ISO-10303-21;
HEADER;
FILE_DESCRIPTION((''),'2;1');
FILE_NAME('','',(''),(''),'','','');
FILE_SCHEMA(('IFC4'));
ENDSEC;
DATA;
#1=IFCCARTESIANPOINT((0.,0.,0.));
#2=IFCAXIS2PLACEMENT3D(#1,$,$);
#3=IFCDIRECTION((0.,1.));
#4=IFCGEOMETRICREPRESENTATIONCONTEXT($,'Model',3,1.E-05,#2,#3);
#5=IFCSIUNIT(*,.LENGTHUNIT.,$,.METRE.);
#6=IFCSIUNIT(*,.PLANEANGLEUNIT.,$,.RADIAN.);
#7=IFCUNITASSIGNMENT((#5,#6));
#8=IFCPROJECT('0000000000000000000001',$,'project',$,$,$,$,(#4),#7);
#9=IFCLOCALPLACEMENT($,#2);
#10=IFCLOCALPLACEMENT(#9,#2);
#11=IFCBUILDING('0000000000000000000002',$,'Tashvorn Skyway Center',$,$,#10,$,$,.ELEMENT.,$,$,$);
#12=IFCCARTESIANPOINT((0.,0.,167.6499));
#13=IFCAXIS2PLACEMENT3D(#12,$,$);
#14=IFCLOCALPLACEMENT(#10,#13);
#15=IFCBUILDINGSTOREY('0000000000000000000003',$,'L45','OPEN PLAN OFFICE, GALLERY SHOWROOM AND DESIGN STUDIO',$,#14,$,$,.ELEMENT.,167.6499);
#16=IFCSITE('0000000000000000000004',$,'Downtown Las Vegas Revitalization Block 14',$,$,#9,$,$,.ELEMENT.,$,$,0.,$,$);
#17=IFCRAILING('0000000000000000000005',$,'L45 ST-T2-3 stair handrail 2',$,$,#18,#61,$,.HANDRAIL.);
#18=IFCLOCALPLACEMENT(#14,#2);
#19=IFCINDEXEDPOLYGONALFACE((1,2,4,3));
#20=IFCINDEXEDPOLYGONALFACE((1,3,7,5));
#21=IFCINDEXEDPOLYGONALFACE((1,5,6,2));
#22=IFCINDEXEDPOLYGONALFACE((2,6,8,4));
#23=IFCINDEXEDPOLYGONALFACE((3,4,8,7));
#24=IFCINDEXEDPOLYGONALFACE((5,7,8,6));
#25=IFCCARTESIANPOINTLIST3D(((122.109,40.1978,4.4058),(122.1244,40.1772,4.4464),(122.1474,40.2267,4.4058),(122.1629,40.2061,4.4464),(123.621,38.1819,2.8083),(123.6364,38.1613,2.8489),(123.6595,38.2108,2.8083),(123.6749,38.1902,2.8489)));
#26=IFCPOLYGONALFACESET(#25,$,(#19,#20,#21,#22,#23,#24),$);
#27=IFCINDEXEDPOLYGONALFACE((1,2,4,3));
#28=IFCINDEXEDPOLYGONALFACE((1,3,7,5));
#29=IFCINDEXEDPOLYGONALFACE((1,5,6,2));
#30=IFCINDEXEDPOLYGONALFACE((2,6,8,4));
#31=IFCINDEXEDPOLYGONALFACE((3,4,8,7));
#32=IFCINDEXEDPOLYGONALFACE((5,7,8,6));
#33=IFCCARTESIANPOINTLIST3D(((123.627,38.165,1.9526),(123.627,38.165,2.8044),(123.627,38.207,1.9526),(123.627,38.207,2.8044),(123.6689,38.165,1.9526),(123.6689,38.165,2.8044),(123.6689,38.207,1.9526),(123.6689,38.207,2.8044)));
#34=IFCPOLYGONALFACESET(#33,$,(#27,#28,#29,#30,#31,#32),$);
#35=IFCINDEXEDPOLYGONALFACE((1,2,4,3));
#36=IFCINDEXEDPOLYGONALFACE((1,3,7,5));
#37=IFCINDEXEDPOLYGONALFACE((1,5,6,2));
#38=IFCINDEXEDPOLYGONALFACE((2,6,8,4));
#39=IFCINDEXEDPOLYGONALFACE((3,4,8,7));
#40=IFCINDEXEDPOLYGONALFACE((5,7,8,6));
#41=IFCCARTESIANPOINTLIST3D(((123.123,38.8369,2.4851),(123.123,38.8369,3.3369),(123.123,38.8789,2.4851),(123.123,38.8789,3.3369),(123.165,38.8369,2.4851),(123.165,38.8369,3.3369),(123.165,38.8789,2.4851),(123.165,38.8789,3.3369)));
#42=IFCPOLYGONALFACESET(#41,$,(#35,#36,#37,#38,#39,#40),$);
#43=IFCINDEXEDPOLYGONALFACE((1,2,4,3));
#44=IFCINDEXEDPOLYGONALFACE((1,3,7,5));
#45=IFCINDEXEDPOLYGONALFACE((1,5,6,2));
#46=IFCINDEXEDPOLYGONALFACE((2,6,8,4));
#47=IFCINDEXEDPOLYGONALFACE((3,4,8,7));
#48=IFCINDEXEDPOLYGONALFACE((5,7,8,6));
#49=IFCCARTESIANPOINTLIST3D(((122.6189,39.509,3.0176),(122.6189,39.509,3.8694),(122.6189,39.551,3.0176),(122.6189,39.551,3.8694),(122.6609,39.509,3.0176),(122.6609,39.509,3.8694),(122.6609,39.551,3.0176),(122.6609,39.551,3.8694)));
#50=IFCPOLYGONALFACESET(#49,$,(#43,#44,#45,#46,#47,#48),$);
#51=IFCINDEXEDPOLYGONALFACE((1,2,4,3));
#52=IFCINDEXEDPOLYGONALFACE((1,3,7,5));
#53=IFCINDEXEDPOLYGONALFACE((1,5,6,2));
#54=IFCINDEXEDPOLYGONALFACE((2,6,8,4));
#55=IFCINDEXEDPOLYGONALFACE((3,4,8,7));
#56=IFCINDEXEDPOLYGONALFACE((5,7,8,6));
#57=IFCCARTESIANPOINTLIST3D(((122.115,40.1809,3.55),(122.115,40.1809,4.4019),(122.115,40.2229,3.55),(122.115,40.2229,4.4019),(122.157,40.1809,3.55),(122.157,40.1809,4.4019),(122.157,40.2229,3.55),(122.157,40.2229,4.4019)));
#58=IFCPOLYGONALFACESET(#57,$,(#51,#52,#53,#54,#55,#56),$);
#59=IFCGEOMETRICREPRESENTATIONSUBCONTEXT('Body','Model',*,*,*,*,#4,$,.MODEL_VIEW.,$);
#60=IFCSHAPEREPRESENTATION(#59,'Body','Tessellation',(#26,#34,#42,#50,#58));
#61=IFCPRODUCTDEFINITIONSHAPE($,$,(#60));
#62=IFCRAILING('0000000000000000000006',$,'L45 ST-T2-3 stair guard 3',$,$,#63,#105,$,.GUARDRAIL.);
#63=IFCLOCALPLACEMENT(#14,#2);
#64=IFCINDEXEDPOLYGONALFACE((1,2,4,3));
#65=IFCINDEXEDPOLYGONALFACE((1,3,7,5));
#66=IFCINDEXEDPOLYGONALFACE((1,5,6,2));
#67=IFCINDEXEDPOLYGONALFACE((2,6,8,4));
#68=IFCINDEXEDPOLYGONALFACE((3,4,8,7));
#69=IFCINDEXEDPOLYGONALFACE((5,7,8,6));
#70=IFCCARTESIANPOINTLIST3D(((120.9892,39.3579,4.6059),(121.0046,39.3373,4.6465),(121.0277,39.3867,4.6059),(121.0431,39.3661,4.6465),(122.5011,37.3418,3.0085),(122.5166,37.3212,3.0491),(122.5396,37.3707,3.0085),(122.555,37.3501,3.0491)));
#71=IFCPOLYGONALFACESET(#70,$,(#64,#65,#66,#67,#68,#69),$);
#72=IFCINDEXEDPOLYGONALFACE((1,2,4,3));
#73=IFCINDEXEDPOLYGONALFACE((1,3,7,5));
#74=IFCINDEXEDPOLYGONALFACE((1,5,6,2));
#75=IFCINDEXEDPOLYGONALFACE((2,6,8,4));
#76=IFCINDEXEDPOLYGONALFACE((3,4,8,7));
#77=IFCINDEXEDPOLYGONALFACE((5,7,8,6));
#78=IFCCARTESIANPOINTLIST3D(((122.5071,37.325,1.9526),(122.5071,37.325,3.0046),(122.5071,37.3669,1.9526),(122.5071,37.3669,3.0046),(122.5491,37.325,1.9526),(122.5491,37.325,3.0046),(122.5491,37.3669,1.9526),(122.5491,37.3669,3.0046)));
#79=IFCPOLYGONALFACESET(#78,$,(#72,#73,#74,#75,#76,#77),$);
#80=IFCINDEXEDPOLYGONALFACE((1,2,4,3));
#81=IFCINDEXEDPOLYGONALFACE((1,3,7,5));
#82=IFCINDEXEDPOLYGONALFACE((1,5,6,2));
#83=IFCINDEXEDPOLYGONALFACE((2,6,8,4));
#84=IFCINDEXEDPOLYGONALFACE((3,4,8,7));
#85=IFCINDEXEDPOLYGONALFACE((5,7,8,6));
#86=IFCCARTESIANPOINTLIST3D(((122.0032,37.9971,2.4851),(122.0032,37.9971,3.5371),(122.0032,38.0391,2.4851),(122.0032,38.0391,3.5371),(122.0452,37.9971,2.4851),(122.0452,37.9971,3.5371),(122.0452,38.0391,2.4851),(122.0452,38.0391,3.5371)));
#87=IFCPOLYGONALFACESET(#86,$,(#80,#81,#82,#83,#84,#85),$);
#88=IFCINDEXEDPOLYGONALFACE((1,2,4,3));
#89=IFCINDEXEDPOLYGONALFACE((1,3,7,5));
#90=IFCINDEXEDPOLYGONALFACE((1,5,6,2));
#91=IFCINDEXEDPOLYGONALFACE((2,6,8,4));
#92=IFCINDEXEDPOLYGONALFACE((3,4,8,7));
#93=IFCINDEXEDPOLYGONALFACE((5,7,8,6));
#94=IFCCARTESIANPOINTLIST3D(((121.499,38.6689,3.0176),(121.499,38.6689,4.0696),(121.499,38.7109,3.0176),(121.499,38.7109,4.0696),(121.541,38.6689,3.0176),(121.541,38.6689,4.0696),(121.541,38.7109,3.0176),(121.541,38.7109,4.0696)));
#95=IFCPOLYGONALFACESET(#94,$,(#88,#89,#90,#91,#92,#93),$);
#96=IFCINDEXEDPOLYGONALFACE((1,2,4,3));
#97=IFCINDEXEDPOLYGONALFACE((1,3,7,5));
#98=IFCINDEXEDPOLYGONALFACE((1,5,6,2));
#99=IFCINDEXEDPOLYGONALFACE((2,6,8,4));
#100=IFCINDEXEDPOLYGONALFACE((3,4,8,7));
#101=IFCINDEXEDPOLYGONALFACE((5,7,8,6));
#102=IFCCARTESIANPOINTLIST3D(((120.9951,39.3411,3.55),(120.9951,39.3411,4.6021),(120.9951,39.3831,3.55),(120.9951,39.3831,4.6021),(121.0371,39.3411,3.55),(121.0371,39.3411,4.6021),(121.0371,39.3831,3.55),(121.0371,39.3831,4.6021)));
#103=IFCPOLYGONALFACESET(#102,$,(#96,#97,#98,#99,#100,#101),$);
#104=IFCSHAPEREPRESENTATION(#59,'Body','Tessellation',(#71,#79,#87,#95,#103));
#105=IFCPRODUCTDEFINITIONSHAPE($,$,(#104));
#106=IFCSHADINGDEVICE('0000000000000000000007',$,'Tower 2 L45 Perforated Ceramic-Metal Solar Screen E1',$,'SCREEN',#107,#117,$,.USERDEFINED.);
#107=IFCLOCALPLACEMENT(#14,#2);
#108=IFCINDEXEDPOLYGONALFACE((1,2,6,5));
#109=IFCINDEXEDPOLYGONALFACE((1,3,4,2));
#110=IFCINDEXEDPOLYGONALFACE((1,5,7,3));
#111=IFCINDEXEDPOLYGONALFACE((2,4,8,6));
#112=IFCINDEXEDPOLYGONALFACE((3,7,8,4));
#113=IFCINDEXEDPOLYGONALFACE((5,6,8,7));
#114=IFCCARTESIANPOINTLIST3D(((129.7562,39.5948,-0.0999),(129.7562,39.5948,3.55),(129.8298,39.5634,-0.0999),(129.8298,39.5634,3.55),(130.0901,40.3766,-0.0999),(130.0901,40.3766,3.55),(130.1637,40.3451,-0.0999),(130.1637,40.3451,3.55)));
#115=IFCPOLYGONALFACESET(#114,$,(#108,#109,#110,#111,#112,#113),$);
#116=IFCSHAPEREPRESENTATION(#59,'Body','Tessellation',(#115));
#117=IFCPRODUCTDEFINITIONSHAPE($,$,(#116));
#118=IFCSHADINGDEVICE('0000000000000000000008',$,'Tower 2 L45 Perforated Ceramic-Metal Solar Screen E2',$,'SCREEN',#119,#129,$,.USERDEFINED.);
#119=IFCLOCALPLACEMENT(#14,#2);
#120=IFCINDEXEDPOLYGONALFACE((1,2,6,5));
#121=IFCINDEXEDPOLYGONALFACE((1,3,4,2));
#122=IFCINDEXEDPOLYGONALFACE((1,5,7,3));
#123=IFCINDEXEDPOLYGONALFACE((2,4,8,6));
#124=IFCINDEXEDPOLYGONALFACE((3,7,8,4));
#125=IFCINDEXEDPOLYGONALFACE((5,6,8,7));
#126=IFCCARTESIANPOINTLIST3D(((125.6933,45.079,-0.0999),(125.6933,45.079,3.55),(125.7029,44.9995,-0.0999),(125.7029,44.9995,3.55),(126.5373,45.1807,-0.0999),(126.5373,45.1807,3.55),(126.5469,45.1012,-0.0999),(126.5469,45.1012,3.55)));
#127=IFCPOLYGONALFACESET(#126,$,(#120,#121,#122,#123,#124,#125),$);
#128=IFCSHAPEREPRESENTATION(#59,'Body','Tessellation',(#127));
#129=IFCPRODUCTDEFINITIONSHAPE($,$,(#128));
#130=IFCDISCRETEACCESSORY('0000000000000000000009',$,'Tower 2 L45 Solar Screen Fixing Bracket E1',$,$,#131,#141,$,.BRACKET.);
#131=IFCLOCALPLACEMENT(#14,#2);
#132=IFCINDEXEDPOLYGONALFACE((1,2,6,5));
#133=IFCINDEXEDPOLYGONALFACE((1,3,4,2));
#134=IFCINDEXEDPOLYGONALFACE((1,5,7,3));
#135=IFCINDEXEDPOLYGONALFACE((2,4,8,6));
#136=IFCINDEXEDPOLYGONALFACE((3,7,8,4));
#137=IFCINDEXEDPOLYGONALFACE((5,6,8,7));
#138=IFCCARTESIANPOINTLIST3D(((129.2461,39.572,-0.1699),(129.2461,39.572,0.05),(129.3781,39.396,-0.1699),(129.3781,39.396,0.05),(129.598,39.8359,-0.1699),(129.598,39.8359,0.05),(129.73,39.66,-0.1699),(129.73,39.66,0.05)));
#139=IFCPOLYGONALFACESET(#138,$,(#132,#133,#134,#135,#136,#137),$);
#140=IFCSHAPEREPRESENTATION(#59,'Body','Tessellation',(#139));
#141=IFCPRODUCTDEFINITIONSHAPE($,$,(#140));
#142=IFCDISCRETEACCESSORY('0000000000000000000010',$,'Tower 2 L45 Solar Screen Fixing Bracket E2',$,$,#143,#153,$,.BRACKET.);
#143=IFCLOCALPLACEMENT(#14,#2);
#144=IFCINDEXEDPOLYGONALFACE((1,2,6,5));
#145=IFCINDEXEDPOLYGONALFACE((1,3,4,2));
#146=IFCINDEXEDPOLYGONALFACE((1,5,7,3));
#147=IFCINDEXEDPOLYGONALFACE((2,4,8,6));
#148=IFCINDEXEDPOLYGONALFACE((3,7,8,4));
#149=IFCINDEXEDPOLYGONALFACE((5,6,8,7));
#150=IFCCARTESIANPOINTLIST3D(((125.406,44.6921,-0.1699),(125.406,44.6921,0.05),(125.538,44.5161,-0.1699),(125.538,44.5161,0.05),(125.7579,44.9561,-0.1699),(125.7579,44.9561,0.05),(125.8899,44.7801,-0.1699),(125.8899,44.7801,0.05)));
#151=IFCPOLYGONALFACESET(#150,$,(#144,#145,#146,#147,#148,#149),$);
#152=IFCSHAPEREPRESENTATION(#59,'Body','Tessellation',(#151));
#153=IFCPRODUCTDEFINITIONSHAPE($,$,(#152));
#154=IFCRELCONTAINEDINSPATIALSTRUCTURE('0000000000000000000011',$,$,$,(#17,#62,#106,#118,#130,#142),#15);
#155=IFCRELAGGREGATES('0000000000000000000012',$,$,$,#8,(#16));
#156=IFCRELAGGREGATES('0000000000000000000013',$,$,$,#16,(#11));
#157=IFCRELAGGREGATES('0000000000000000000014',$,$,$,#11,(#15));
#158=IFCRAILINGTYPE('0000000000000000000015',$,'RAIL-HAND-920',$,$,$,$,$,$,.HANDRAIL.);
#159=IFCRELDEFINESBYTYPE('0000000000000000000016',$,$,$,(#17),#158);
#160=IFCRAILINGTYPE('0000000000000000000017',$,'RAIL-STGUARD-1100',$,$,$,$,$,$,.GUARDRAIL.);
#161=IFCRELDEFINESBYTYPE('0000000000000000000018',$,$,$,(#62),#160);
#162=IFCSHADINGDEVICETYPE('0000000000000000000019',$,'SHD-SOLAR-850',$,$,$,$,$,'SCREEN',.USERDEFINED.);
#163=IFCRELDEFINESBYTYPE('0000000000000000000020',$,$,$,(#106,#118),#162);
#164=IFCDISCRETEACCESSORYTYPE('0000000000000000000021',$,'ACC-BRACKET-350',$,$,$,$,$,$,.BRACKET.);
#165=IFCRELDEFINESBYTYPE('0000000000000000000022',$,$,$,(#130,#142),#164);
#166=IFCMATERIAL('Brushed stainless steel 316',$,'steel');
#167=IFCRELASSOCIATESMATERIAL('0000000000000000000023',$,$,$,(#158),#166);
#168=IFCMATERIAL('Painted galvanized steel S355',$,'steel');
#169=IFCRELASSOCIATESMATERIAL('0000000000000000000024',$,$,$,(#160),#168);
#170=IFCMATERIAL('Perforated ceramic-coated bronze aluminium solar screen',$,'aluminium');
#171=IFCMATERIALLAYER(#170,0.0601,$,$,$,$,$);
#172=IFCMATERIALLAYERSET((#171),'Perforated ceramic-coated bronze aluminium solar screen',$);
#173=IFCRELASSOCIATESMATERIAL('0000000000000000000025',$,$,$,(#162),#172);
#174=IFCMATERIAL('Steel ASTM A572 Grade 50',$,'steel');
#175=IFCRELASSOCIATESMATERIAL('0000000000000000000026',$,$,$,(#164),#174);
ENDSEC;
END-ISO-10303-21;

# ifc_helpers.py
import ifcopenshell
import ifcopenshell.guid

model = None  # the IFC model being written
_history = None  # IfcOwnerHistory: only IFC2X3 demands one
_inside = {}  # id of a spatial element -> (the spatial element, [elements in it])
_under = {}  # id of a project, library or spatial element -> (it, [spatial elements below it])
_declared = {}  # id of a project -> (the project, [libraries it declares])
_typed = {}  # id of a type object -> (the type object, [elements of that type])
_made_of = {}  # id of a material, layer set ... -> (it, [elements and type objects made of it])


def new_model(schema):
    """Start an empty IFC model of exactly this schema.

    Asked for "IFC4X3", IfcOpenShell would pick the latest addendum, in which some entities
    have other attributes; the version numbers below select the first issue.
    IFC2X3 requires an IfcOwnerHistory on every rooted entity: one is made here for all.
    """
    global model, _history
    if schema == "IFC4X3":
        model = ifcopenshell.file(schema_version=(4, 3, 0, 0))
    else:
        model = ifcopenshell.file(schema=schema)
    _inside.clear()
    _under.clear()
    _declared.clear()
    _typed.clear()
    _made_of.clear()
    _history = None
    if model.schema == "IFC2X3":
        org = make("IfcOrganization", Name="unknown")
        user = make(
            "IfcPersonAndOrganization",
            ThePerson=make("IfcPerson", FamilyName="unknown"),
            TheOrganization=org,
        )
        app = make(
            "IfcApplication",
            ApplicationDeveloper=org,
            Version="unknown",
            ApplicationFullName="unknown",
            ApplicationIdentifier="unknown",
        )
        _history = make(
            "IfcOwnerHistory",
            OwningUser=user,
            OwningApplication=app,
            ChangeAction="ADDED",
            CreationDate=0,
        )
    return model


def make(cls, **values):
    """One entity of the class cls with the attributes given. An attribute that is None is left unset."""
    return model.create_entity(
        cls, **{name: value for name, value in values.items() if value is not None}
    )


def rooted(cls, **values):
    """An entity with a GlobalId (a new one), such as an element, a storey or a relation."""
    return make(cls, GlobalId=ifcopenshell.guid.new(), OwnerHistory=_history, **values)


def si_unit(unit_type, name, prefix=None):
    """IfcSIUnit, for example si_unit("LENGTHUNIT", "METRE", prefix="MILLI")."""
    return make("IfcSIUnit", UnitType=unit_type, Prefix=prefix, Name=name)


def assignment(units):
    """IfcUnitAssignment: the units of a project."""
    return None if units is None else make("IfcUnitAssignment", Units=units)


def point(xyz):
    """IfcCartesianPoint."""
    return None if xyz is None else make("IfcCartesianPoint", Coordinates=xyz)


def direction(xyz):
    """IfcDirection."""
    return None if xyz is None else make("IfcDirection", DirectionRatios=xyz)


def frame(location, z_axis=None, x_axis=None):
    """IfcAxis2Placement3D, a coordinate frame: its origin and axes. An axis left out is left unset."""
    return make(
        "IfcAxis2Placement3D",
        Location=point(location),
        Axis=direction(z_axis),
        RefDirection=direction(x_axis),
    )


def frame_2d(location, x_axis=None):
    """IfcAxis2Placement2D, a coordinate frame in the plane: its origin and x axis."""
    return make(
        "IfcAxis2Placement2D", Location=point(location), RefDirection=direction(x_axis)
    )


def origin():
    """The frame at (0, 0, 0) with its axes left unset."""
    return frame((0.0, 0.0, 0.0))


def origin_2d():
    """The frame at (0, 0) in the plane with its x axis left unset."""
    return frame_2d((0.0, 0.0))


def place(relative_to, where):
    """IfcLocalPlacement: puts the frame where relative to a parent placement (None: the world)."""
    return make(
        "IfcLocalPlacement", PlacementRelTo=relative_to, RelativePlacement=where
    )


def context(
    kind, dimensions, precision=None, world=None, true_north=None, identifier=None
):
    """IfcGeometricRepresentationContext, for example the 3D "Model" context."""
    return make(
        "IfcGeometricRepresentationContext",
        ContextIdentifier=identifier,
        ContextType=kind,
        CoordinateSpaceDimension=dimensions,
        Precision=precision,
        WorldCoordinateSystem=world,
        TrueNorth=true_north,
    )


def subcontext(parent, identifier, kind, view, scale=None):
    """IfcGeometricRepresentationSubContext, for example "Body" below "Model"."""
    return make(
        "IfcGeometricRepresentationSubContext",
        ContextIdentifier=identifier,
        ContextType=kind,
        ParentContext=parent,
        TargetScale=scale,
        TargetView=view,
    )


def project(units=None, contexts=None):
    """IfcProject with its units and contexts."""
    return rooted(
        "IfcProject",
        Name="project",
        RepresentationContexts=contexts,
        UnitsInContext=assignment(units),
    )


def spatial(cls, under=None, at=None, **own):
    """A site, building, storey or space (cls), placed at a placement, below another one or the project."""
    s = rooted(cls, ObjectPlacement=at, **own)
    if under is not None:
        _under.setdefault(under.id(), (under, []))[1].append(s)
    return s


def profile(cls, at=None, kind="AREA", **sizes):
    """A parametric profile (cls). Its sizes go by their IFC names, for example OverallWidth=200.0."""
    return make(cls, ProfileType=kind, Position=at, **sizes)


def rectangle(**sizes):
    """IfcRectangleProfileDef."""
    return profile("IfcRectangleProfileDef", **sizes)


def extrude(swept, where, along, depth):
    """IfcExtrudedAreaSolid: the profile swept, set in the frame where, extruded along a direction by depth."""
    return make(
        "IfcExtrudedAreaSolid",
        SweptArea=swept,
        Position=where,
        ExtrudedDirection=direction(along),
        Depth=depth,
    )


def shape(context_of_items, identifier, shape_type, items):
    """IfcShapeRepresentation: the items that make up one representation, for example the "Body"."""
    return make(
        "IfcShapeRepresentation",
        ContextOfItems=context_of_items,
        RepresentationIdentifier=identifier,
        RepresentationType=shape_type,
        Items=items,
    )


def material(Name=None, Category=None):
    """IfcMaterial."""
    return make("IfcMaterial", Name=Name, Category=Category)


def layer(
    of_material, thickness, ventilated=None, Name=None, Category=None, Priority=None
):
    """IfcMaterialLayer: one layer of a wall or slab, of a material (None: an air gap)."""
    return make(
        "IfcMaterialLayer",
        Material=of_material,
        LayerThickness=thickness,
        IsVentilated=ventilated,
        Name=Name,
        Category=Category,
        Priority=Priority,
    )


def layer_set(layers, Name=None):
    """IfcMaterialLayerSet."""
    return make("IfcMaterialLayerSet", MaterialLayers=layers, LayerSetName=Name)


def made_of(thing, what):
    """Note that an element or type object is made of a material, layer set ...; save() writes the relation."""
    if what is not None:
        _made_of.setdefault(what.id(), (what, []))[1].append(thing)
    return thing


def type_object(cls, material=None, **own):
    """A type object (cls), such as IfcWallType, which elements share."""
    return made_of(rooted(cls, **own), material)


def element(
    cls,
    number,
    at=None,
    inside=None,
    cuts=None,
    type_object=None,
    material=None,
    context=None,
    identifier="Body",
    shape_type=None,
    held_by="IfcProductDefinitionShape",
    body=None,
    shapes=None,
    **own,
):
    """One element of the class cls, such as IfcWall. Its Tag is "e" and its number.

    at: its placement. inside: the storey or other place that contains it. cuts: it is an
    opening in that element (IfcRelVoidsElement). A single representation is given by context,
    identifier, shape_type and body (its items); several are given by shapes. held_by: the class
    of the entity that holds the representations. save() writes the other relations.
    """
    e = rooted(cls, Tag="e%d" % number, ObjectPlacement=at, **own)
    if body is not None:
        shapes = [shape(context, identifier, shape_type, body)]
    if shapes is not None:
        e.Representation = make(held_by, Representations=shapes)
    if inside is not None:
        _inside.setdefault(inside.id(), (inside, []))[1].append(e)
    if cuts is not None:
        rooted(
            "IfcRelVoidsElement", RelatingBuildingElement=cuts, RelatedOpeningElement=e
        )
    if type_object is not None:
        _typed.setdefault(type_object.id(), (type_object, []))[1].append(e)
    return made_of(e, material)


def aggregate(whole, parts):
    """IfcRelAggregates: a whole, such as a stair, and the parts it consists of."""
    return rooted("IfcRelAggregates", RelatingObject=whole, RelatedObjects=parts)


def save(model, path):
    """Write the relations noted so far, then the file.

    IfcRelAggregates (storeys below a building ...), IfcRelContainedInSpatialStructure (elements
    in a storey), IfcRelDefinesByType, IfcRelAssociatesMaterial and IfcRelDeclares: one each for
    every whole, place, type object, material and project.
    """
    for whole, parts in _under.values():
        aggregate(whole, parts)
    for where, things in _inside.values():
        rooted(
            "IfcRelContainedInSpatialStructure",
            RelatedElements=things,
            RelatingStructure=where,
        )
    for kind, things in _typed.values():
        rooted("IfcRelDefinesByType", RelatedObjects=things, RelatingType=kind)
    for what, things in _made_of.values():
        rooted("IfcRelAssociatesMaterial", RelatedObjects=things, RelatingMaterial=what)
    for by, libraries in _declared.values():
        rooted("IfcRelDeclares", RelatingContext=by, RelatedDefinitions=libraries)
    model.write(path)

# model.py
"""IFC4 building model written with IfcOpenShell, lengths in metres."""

from ifc_helpers import new_model, si_unit, direction, frame, origin, origin_2d, place, context, subcontext, project, spatial, rectangle, extrude, material, layer, layer_set, type_object, element, save


model = new_model("IFC4")

# Units and contexts
model_context = context("Model", 3, precision=1e-05, world=origin(), true_north=direction((0.0, 1.0)))
body_context = subcontext(model_context, "Body", "Model", "MODEL_VIEW")
ifc_project = project(units=[si_unit("LENGTHUNIT", "METRE"), si_unit("PLANEANGLEUNIT", "RADIAN")], contexts=[model_context])

# Site, building, storey
site_placement = place(None, origin())
site = spatial("IfcSite", under=ifc_project, at=site_placement, Name="Downtown Las Vegas Revitalization Block 14", CompositionType="ELEMENT", RefElevation=0.0)
building_placement = place(site_placement, origin())
building = spatial("IfcBuilding", under=site, at=building_placement, Name="Tashvorn Skyway Center", CompositionType="ELEMENT")
storey_placement = place(building_placement, frame((0.0, 0.0, 167.6499)))
storey = spatial("IfcBuildingStorey", under=building, at=storey_placement, Name="L45", Description="OPEN PLAN OFFICE, GALLERY SHOWROOM AND DESIGN STUDIO", CompositionType="ELEMENT", Elevation=167.6499)

# Shared definitions
ifc_material_1 = material(Name="Steel ASTM A572 Grade 50", Category="steel")

# Shared definitions
ifc_material_2 = material(Name="Perforated ceramic-coated bronze aluminium solar screen", Category="aluminium")

# Railings
ifc_material_3 = material(Name="Brushed stainless steel 316", Category="steel")
railing_type_1 = type_object("IfcRailingType", Name="RAIL-HAND-920", PredefinedType="HANDRAIL", material=ifc_material_3)
railing_1_placement = place(storey_placement, frame((123.6479, 38.186, 1.9526)))
element("IfcRailing", 1, at=railing_1_placement, inside=storey, type_object=railing_type_1, Name="L45 ST-T2-3 stair handrail 2", PredefinedType="HANDRAIL", context=body_context, shape_type="SweptSolid", body=[
    extrude(rectangle(XDim=0.0481, YDim=0.0481, at=origin_2d()), frame((0.0, 0.0, 0.876), z_axis=(-0.506769, 0.675664, 0.535409), x_axis=(-0.799988, -0.600016, 0.0)), (0.0, 0.0, 1.0), 2.9836),
    extrude(rectangle(XDim=0.042, YDim=0.042, at=origin_2d()), origin(), (0.0, 0.0, 1.0), 0.8518),
    extrude(rectangle(XDim=0.042, YDim=0.042, at=origin_2d()), frame((-0.5039, 0.6719, 0.5325)), (0.0, 0.0, 1.0), 0.8518),
    extrude(rectangle(XDim=0.042, YDim=0.042, at=origin_2d()), frame((-1.0081, 1.344, 1.0649)), (0.0, 0.0, 1.0), 0.8518),
    extrude(rectangle(XDim=0.042, YDim=0.042, at=origin_2d()), frame((-1.512, 2.0159, 1.5974)), (0.0, 0.0, 1.0), 0.8518),
])
ifc_material_4 = material(Name="Painted galvanized steel S355", Category="steel")
railing_type_2 = type_object("IfcRailingType", Name="RAIL-STGUARD-1100", PredefinedType="GUARDRAIL", material=ifc_material_4)
railing_2_placement = place(storey_placement, frame((122.5281, 37.3459, 1.9526)))
element("IfcRailing", 2, at=railing_2_placement, inside=storey, type_object=railing_type_2, Name="L45 ST-T2-3 stair guard 3", PredefinedType="GUARDRAIL", context=body_context, shape_type="SweptSolid", body=[
    extrude(rectangle(XDim=0.0481, YDim=0.0481, at=origin_2d()), frame((0.0, 0.0, 1.0762), z_axis=(-0.506741, 0.675709, 0.535379), x_axis=(-0.800023, -0.599969, 0.0)), (0.0, 0.0, 1.0), 2.9836),
    extrude(rectangle(XDim=0.042, YDim=0.042, at=origin_2d()), origin(), (0.0, 0.0, 1.0), 1.052),
    extrude(rectangle(XDim=0.042, YDim=0.042, at=origin_2d()), frame((-0.5039, 0.6721, 0.5325)), (0.0, 0.0, 1.0), 1.052),
    extrude(rectangle(XDim=0.042, YDim=0.042, at=origin_2d()), frame((-1.0081, 1.344, 1.0649)), (0.0, 0.0, 1.0), 1.052),
    extrude(rectangle(XDim=0.042, YDim=0.042, at=origin_2d()), frame((-1.512, 2.0161, 1.5974)), (0.0, 0.0, 1.0), 1.052),
])

# Shading devices
ifc_layer_1 = layer(ifc_material_2, 0.0601)
ifc_layer_set_1 = layer_set([ifc_layer_1], Name="Perforated ceramic-coated bronze aluminium solar screen")
shading_device_type = type_object("IfcShadingDeviceType", Name="SHD-SOLAR-850", ElementType="SCREEN", PredefinedType="USERDEFINED", material=ifc_layer_set_1)
for number, where, z_axis, x_axis, name in (
    (3, (129.96, 39.97, -0.0999), (0.0, 0.0, 1.0), (0.919615, -0.39282, 0.0), "Tower 2 L45 Perforated Ceramic-Metal Solar Screen E1"),
    (4, (126.1201, 45.0901, -0.0999), (0.0, 0.0, 1.0), (0.119615, -0.99282, 0.0), "Tower 2 L45 Perforated Ceramic-Metal Solar Screen E2"),
):
    element("IfcShadingDevice", number, at=place(storey_placement, frame(where, z_axis=z_axis, x_axis=x_axis)), inside=storey, type_object=shading_device_type, Name=name, ObjectType="SCREEN", PredefinedType="USERDEFINED", context=body_context, shape_type="SweptSolid", body=[
        extrude(rectangle(XDim=0.0801, YDim=0.8501, at=origin_2d()), origin(), (0.0, 0.0, 1.0), 3.6499),
    ])

# Discrete accessories
discrete_accessory_type = type_object("IfcDiscreteAccessoryType", Name="ACC-BRACKET-350", PredefinedType="BRACKET", material=ifc_material_1)
for number, where, z_axis, x_axis, name in (
    (5, (129.488, 39.616, -0.1699), (0.0, 0.0, 1.0), (0.6, -0.8, 0.0), "Tower 2 L45 Solar Screen Fixing Bracket E1"),
    (6, (125.6479, 44.7361, -0.1699), (0.0, 0.0, 1.0), (0.6, -0.8, 0.0), "Tower 2 L45 Solar Screen Fixing Bracket E2"),
):
    element("IfcDiscreteAccessory", number, at=place(storey_placement, frame(where, z_axis=z_axis, x_axis=x_axis)), inside=storey, type_object=discrete_accessory_type, Name=name, PredefinedType="BRACKET", context=body_context, shape_type="SweptSolid", body=[
        extrude(rectangle(XDim=0.22, YDim=0.4399, at=origin_2d()), origin(), (0.0, 0.0, 1.0), 0.22),
    ])

save(model, "model.ifc")
